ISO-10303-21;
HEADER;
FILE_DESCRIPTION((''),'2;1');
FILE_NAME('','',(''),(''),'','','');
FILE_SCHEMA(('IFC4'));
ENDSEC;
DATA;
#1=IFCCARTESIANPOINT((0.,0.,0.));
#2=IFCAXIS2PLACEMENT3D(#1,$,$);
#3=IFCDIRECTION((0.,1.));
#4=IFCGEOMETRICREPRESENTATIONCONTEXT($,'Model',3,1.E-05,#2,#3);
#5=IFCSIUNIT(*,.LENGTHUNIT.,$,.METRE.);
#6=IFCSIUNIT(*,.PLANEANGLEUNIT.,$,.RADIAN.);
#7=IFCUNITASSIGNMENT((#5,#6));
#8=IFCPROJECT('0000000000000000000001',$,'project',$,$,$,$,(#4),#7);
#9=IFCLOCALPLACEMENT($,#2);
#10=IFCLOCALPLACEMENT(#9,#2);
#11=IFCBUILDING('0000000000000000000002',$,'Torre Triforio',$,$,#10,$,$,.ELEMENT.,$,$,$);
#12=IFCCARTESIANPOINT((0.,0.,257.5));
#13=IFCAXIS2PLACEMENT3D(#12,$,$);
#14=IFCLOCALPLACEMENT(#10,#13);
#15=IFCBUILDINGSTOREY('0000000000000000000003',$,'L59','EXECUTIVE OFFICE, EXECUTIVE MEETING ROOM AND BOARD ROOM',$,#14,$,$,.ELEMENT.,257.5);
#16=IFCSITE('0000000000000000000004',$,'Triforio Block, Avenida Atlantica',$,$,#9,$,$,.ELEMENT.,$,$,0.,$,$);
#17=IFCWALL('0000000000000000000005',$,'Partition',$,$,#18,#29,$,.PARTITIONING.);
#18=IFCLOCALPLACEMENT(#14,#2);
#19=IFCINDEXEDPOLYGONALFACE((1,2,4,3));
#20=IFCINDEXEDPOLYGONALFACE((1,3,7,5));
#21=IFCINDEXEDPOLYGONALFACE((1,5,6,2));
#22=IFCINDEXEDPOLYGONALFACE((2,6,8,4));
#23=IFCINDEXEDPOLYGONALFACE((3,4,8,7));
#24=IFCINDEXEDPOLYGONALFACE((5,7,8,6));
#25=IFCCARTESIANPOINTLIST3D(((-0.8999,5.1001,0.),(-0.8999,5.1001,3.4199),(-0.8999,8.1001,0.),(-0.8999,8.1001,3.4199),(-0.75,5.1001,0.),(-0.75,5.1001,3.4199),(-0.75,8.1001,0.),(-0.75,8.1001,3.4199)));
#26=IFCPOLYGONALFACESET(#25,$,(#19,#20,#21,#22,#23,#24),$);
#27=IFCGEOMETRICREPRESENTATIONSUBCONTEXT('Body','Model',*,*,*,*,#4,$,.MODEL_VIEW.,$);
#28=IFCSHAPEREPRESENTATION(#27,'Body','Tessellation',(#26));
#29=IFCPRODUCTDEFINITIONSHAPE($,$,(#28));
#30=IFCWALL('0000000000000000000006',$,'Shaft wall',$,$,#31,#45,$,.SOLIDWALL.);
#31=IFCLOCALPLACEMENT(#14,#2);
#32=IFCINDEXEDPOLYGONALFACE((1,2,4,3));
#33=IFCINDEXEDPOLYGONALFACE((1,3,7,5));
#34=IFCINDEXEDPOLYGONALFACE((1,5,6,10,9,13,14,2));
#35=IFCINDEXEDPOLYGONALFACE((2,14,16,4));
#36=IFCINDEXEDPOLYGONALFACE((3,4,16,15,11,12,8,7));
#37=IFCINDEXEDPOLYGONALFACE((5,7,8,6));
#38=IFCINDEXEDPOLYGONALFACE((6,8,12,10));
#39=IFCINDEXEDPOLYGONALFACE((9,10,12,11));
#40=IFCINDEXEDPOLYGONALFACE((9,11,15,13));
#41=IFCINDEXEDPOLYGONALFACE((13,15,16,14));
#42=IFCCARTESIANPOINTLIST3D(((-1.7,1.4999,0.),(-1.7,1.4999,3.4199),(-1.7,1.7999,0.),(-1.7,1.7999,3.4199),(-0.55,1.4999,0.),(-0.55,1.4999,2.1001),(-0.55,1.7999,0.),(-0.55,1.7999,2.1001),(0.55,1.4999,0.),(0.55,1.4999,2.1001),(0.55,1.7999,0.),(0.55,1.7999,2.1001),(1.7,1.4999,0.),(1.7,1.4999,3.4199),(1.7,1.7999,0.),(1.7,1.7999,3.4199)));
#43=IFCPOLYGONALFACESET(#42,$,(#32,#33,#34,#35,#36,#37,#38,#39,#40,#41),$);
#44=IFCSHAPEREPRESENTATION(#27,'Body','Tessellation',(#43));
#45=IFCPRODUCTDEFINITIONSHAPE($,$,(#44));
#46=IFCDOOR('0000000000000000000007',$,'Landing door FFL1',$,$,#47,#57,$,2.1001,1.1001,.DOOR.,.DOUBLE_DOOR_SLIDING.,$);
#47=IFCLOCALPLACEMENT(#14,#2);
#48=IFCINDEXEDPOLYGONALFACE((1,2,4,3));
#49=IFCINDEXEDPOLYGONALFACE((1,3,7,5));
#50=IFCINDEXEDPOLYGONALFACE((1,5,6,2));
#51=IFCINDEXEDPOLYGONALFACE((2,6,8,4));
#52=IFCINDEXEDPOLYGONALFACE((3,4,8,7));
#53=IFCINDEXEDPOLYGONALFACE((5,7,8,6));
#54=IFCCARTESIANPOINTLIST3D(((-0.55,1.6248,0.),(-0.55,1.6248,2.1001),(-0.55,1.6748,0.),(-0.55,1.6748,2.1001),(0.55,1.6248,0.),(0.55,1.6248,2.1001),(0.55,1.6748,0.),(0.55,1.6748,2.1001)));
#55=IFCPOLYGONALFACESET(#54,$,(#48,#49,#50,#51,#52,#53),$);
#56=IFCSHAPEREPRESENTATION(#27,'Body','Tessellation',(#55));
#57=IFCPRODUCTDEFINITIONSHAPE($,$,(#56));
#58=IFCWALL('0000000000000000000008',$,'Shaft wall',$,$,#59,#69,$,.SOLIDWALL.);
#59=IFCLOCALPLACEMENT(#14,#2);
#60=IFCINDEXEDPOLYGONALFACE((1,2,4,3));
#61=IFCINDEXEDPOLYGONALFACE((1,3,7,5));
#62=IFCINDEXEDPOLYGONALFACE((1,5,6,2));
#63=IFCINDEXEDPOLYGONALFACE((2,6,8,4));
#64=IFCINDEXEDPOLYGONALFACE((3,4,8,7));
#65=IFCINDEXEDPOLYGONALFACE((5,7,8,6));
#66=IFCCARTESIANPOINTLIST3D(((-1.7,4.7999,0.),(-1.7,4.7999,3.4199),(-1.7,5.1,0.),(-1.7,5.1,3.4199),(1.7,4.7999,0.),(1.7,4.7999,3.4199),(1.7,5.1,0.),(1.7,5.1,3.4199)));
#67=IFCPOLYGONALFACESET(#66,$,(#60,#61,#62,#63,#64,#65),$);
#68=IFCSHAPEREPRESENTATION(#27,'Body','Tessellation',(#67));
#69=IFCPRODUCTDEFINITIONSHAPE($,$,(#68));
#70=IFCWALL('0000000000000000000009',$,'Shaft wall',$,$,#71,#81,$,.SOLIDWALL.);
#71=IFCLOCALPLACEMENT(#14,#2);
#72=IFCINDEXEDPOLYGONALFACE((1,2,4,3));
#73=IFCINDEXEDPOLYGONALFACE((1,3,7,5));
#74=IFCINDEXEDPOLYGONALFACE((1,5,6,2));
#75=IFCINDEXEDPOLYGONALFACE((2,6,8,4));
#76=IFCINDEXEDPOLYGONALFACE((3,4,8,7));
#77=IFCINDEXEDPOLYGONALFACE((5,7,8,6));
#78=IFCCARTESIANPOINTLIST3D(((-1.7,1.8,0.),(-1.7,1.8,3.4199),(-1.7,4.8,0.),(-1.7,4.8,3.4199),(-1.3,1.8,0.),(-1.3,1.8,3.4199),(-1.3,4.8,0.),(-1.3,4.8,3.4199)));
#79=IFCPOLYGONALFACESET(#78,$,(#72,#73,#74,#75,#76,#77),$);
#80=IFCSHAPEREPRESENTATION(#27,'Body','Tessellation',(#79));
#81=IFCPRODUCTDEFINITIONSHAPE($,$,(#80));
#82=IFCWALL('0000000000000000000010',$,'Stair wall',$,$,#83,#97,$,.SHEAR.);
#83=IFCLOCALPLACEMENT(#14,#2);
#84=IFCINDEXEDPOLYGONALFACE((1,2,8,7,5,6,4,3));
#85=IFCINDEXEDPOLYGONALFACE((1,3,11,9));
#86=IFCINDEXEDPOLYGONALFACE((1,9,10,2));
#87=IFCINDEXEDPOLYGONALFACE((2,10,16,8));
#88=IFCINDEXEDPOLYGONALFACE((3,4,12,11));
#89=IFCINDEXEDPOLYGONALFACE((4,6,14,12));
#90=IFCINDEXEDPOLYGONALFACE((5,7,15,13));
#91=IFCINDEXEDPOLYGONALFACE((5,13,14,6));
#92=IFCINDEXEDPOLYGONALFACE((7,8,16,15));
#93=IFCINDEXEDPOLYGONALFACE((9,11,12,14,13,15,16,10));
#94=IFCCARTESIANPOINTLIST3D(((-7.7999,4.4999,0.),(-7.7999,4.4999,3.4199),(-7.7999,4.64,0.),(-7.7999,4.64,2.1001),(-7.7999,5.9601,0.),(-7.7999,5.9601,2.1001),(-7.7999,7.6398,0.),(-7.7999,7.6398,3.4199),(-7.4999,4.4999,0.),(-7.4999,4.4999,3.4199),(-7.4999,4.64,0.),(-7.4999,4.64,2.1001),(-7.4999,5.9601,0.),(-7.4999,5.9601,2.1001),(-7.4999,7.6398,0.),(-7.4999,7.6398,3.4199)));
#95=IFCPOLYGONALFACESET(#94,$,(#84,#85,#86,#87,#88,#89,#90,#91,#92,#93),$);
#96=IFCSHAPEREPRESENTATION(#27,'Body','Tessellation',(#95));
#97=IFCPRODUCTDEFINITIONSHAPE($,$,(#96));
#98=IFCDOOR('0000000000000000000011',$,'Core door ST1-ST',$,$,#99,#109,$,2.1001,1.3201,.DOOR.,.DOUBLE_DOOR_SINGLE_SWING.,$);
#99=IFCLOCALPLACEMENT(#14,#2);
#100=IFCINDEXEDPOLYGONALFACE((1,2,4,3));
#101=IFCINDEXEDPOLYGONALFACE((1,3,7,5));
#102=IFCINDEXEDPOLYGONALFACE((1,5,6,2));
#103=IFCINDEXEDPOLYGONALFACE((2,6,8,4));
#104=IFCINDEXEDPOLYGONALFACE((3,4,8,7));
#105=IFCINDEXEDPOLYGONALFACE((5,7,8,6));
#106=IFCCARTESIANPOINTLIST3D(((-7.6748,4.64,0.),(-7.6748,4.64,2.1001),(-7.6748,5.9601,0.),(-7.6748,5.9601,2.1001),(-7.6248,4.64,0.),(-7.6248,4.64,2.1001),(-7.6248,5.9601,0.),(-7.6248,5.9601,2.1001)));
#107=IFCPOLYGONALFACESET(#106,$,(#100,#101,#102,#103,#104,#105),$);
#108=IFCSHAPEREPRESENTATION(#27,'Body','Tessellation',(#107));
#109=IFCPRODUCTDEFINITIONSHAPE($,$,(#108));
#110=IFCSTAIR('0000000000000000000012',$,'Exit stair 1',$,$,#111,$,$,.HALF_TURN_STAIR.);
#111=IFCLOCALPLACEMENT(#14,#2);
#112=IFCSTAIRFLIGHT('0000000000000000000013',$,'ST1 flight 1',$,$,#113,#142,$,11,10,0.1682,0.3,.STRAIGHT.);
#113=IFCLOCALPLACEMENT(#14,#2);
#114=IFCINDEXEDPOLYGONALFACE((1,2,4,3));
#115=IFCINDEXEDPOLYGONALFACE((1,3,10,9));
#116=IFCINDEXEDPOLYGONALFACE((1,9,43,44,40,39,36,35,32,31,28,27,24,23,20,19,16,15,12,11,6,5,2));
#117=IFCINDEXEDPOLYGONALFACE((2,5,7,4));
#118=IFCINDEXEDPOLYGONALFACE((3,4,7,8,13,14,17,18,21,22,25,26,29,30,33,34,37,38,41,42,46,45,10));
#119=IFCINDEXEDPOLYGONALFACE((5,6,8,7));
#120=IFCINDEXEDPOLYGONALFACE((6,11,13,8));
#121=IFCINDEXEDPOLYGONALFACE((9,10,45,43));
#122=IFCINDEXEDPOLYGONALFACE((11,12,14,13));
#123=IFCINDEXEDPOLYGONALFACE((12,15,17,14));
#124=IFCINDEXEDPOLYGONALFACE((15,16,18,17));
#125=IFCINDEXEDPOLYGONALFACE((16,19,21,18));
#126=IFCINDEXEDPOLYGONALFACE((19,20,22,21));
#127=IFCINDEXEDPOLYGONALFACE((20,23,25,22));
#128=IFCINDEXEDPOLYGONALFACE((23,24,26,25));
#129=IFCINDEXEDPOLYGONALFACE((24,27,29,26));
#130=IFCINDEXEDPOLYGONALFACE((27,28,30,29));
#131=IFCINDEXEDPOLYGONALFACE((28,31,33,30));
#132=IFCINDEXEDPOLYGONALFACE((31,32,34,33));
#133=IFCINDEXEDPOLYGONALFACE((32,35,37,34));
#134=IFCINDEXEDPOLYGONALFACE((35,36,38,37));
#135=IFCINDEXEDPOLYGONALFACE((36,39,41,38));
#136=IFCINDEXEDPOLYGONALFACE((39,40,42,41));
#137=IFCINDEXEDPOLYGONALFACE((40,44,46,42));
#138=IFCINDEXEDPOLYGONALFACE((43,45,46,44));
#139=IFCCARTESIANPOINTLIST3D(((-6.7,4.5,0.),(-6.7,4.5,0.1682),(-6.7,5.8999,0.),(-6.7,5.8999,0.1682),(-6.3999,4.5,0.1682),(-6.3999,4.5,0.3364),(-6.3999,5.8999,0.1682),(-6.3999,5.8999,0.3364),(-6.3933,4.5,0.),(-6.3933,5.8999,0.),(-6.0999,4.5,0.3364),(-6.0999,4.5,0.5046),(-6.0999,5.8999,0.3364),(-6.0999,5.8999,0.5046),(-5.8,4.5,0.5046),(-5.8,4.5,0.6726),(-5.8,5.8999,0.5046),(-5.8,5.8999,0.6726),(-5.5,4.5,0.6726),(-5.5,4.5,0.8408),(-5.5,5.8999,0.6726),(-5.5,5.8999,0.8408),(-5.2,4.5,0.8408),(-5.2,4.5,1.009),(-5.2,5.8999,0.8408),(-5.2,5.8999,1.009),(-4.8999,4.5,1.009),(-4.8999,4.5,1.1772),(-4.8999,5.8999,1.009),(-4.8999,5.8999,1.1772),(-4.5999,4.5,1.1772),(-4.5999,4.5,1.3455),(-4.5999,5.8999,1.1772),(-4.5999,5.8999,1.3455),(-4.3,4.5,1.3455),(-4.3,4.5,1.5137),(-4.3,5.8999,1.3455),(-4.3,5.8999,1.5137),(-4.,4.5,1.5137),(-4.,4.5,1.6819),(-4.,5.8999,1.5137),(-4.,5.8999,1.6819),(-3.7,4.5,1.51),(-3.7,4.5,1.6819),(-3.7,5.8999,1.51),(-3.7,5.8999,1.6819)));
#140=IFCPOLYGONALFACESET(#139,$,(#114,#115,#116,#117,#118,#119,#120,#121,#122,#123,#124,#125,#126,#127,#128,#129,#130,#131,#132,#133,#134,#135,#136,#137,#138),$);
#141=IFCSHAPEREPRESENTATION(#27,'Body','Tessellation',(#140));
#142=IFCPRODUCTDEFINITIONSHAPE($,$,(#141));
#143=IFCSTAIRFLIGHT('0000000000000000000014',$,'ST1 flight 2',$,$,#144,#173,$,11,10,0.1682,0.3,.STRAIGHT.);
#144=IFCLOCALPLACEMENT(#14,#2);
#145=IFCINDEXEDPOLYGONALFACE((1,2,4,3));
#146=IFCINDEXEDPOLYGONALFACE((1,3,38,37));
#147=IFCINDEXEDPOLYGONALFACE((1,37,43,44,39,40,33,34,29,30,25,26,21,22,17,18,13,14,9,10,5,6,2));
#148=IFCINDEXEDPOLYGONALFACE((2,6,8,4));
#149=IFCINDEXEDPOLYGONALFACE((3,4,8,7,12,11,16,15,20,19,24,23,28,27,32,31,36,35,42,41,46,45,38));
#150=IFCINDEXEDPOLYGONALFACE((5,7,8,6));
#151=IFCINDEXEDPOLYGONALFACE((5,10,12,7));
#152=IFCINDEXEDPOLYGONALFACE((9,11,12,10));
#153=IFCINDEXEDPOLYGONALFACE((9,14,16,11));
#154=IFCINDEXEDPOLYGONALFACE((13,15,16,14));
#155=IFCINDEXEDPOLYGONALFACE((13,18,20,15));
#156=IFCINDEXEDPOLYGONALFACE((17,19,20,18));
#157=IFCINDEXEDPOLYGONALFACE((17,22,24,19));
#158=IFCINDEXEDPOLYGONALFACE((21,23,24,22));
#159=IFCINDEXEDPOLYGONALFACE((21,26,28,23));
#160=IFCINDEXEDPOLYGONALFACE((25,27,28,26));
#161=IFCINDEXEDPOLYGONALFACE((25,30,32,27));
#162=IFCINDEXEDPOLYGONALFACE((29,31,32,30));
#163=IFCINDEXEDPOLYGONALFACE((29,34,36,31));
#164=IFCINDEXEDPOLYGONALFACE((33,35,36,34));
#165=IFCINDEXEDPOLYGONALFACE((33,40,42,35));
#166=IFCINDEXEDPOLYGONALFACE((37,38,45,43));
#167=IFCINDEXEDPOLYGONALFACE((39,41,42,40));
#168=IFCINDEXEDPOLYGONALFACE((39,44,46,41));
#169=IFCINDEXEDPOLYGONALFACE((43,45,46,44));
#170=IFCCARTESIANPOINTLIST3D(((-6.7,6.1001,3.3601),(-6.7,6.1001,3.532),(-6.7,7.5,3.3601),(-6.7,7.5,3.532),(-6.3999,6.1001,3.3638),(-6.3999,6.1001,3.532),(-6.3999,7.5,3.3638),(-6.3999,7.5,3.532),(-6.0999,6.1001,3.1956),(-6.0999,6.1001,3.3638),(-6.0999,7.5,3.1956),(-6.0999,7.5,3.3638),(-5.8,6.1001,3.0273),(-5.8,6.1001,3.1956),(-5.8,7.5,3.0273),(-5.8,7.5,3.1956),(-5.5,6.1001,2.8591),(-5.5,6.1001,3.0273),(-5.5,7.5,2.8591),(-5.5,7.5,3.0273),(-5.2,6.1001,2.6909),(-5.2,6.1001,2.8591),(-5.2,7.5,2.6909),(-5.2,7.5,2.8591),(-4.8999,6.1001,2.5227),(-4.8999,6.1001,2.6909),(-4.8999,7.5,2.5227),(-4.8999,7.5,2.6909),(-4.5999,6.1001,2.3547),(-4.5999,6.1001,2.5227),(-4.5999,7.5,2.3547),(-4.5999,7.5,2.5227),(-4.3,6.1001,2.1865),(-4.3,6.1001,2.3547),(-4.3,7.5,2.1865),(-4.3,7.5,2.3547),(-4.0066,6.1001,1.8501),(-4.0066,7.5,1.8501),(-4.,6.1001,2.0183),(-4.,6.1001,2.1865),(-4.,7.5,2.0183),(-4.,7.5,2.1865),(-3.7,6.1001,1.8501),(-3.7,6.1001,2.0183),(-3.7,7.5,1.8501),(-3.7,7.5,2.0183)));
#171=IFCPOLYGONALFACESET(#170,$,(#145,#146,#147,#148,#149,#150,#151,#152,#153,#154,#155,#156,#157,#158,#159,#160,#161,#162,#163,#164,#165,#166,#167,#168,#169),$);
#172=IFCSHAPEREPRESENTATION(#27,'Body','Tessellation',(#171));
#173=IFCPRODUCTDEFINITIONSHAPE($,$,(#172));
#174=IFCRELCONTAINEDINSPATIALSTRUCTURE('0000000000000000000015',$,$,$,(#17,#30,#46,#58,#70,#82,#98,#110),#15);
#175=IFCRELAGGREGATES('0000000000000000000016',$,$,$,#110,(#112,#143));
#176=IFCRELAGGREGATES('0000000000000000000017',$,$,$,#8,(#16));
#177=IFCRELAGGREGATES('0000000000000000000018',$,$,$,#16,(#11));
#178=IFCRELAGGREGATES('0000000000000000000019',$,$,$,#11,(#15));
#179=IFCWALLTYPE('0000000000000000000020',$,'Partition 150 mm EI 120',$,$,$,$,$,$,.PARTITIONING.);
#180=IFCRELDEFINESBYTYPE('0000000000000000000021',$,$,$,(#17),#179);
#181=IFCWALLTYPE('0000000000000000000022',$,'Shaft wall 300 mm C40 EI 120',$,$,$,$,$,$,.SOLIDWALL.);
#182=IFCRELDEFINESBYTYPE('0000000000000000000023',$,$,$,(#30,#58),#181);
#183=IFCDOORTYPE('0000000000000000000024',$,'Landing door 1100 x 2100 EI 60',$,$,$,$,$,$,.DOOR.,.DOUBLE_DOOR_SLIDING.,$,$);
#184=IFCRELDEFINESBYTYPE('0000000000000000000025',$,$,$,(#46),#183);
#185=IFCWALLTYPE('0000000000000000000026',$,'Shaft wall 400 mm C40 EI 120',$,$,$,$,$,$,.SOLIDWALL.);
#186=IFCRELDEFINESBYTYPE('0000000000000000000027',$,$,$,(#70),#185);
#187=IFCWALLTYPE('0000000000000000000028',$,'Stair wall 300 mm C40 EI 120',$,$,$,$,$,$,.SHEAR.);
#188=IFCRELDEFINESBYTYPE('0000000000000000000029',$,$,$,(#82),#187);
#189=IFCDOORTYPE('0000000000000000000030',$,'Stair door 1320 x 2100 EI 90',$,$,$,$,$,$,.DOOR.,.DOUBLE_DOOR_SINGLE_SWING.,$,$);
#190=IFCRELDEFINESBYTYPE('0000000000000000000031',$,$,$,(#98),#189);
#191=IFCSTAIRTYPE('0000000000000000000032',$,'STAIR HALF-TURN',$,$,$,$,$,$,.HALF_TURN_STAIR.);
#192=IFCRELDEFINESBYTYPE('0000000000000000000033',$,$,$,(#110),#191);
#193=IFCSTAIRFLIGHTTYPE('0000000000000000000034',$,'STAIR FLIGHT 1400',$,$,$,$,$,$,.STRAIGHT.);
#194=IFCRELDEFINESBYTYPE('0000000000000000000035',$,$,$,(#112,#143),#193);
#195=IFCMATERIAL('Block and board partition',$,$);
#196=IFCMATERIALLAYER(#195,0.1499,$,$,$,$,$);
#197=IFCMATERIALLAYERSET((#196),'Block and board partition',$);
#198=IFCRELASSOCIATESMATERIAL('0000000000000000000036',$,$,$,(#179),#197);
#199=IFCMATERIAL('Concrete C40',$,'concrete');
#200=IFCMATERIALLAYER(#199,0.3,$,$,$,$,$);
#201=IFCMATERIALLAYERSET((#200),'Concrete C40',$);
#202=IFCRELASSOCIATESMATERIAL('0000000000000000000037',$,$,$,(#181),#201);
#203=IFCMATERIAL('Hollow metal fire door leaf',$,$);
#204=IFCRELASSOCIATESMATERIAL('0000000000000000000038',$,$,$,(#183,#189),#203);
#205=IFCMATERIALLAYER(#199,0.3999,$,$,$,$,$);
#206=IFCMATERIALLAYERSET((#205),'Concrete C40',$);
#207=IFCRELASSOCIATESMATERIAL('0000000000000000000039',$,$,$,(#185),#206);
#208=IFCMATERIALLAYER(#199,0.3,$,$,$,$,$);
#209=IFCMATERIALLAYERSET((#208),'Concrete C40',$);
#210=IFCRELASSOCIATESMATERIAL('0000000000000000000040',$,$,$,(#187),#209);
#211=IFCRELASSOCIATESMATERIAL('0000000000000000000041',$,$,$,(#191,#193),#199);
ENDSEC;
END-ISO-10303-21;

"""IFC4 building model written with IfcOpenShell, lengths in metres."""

from ifc_helpers import new_model, si_unit, direction, frame, frame_2d, origin, place, context, subcontext, project, spatial, polyline, rectangle, outline, extrude, material, layer, layer_set, type_object, element, fill, aggregate, save


model = new_model("IFC4")

# Units and contexts
model_context = context("Model", 3, precision=1e-05, world=origin(), true_north=direction((0.0, 1.0)))
body_context = subcontext(model_context, "Body", "Model", "MODEL_VIEW")
ifc_project = project(units=[si_unit("LENGTHUNIT", "METRE"), si_unit("PLANEANGLEUNIT", "RADIAN")], contexts=[model_context])

# Site, building, storey
site_placement = place(None, origin())
site = spatial("IfcSite", under=ifc_project, at=site_placement, Name="Triforio Block, Avenida Atlantica", CompositionType="ELEMENT", RefElevation=0.0)
building_placement = place(site_placement, origin())
building = spatial("IfcBuilding", under=site, at=building_placement, Name="Torre Triforio", CompositionType="ELEMENT")
storey_placement = place(building_placement, frame((0.0, 0.0, 257.5)))
storey = spatial("IfcBuildingStorey", under=building, at=storey_placement, Name="L59", Description="EXECUTIVE OFFICE, EXECUTIVE MEETING ROOM AND BOARD ROOM", CompositionType="ELEMENT", Elevation=257.5)

# Shared definitions
ifc_material_1 = material(Name="Concrete C40", Category="concrete")

# Wall
ifc_material_2 = material(Name="Block and board partition")
ifc_layer_1 = layer(ifc_material_2, 0.1499)
ifc_layer_set_1 = layer_set([ifc_layer_1], Name="Block and board partition")
wall_type_1 = type_object("IfcWallType", Name="Partition 150 mm EI 120", PredefinedType="PARTITIONING", material=ifc_layer_set_1)
wall_1_placement = place(storey_placement, frame((-0.825, 5.1001, 0.0), z_axis=(0.0, 0.0, 1.0), x_axis=(0.0, 1.0, 0.0)))
element("IfcWall", 1, at=wall_1_placement, inside=storey, type_object=wall_type_1, Name="Partition", PredefinedType="PARTITIONING", context=body_context, shape_type="SweptSolid", body=[
    extrude(rectangle(XDim=3.0, YDim=0.1499, at=frame_2d((1.5, 0.0))), origin(), (0.0, 0.0, 1.0), 3.4199),
])

# Wall, opening, door
ifc_layer_2 = layer(ifc_material_1, 0.3)
ifc_layer_set_2 = layer_set([ifc_layer_2], Name="Concrete C40")
wall_type_2 = type_object("IfcWallType", Name="Shaft wall 300 mm C40 EI 120", PredefinedType="SOLIDWALL", material=ifc_layer_set_2)
wall_2_placement = place(storey_placement, frame((-1.7, 1.6499, 0.0), z_axis=(0.0, 0.0, 1.0), x_axis=(1.0, 0.0, 0.0)))
wall_2 = element("IfcWall", 2, at=wall_2_placement, inside=storey, type_object=wall_type_2, Name="Shaft wall", PredefinedType="SOLIDWALL", context=body_context, shape_type="SweptSolid", body=[
    extrude(rectangle(XDim=3.3999, YDim=0.3, at=frame_2d((1.7, 0.0))), origin(), (0.0, 0.0, 1.0), 3.4199),
])
opening_1_placement = place(wall_2_placement, frame((1.1499, 0.0, 0.0)))
opening_1 = element("IfcOpeningElement", 3, at=opening_1_placement, cuts=wall_2, PredefinedType="OPENING", context=body_context, shape_type="SweptSolid", body=[
    extrude(rectangle(XDim=1.1001, YDim=2.1001, at=frame_2d((0.55, 1.05))), frame((0.0, 0.1599, 0.0), z_axis=(0.0, -1.0, 0.0), x_axis=(1.0, 0.0, 0.0)), (0.0, 0.0, 1.0), 0.3201),
])
ifc_material_3 = material(Name="Hollow metal fire door leaf")
door_type_1 = type_object("IfcDoorType", Name="Landing door 1100 x 2100 EI 60", OperationType="DOUBLE_DOOR_SLIDING", PredefinedType="DOOR", material=ifc_material_3)
door_1_placement = place(opening_1_placement, origin())
door_1 = element("IfcDoor", 4, at=door_1_placement, inside=storey, type_object=door_type_1, Name="Landing door FFL1", OperationType="DOUBLE_DOOR_SLIDING", OverallHeight=2.1001, OverallWidth=1.1001, PredefinedType="DOOR", context=body_context, shape_type="SweptSolid", body=[
    extrude(rectangle(XDim=1.1001, YDim=2.1001, at=frame_2d((0.55, 1.05))), frame((0.0, 0.0249, 0.0), z_axis=(0.0, -1.0, 0.0), x_axis=(1.0, 0.0, 0.0)), (0.0, 0.0, 1.0), 0.05),
])
fill(opening_1, door_1)

# Walls
wall_3_placement = place(storey_placement, frame((-1.7, 4.95, 0.0), z_axis=(0.0, 0.0, 1.0), x_axis=(1.0, 0.0, 0.0)))
element("IfcWall", 5, at=wall_3_placement, inside=storey, type_object=wall_type_2, Name="Shaft wall", PredefinedType="SOLIDWALL", context=body_context, shape_type="SweptSolid", body=[
    extrude(rectangle(XDim=3.3999, YDim=0.3, at=frame_2d((1.7, 0.0))), origin(), (0.0, 0.0, 1.0), 3.4199),
])
ifc_layer_3 = layer(ifc_material_1, 0.3999)
ifc_layer_set_3 = layer_set([ifc_layer_3], Name="Concrete C40")
wall_type_3 = type_object("IfcWallType", Name="Shaft wall 400 mm C40 EI 120", PredefinedType="SOLIDWALL", material=ifc_layer_set_3)
wall_4_placement = place(storey_placement, frame((-1.5, 1.8, 0.0), z_axis=(0.0, 0.0, 1.0), x_axis=(0.0, 1.0, 0.0)))
element("IfcWall", 6, at=wall_4_placement, inside=storey, type_object=wall_type_3, Name="Shaft wall", PredefinedType="SOLIDWALL", context=body_context, shape_type="SweptSolid", body=[
    extrude(rectangle(XDim=3.0, YDim=0.3999, at=frame_2d((1.5, 0.0))), origin(), (0.0, 0.0, 1.0), 3.4199),
])

# Wall, opening, door
ifc_layer_4 = layer(ifc_material_1, 0.3)
ifc_layer_set_4 = layer_set([ifc_layer_4], Name="Concrete C40")
wall_type_4 = type_object("IfcWallType", Name="Stair wall 300 mm C40 EI 120", PredefinedType="SHEAR", material=ifc_layer_set_4)
wall_5_placement = place(storey_placement, frame((-7.6499, 4.5, 0.0), z_axis=(0.0, 0.0, 1.0), x_axis=(0.0, 1.0, 0.0)))
wall_5 = element("IfcWall", 7, at=wall_5_placement, inside=storey, type_object=wall_type_4, Name="Stair wall", PredefinedType="SHEAR", context=body_context, shape_type="SweptSolid", body=[
    extrude(rectangle(XDim=3.1399, YDim=0.3, at=frame_2d((1.5698, 0.0))), origin(), (0.0, 0.0, 1.0), 3.4199),
])
opening_2_placement = place(wall_5_placement, frame((0.1399, 0.0, 0.0)))
opening_2 = element("IfcOpeningElement", 8, at=opening_2_placement, cuts=wall_5, PredefinedType="OPENING", context=body_context, shape_type="SweptSolid", body=[
    extrude(rectangle(XDim=1.3201, YDim=2.1001, at=frame_2d((0.6602, 1.05))), frame((0.0, 0.1599, 0.0), z_axis=(0.0, -1.0, 0.0), x_axis=(1.0, 0.0, 0.0)), (0.0, 0.0, 1.0), 0.3201),
])
door_type_2 = type_object("IfcDoorType", Name="Stair door 1320 x 2100 EI 90", OperationType="DOUBLE_DOOR_SINGLE_SWING", PredefinedType="DOOR", material=ifc_material_3)
door_2_placement = place(opening_2_placement, origin())
door_2 = element("IfcDoor", 9, at=door_2_placement, inside=storey, type_object=door_type_2, Name="Core door ST1-ST", OperationType="DOUBLE_DOOR_SINGLE_SWING", OverallHeight=2.1001, OverallWidth=1.3201, PredefinedType="DOOR", context=body_context, shape_type="SweptSolid", body=[
    extrude(rectangle(XDim=1.3201, YDim=2.1001, at=frame_2d((0.6602, 1.05))), frame((0.0, 0.0249, 0.0), z_axis=(0.0, -1.0, 0.0), x_axis=(1.0, 0.0, 0.0)), (0.0, 0.0, 1.0), 0.05),
])
fill(opening_2, door_2)

# Stair, stair flights
stair_type = type_object("IfcStairType", Name="STAIR HALF-TURN", PredefinedType="HALF_TURN_STAIR", material=ifc_material_1)
stair_placement = place(storey_placement, origin())
stair = element("IfcStair", 10, at=stair_placement, inside=storey, type_object=stair_type, Name="Exit stair 1", PredefinedType="HALF_TURN_STAIR")
stair_flight_type = type_object("IfcStairFlightType", Name="STAIR FLIGHT 1400", PredefinedType="STRAIGHT", material=ifc_material_1)
stair_flight_1_placement = place(storey_placement, frame((-6.7, 5.2, 0.0), z_axis=(0.0, 0.0, 1.0), x_axis=(1.0, 0.0, 0.0)))
stair_flight_1 = element("IfcStairFlight", 11, at=stair_flight_1_placement, type_object=stair_flight_type, Name="ST1 flight 1", NumberOfRisers=11, NumberOfTreads=10, PredefinedType="STRAIGHT", RiserHeight=0.1682, TreadLength=0.3, context=body_context, shape_type="SweptSolid", body=[
    extrude(outline(polyline([(0.0, 0.0), (0.0, 0.1682), (0.3, 0.1682), (0.3, 0.3364), (0.6001, 0.3364), (0.6001, 0.5046), (0.8999, 0.5046), (0.8999, 0.6726), (1.2, 0.6726), (1.2, 0.8408), (1.5, 0.8408), (1.5, 1.009), (1.8, 1.009), (1.8, 1.1772), (2.1001, 1.1772), (2.1001, 1.3455), (2.3999, 1.3455), (2.3999, 1.5137), (2.7, 1.5137), (2.7, 1.6819), (3.0, 1.6819), (3.0, 1.8501), (3.0, 1.51), (0.3066, 0.0), (0.0, 0.0)])), frame((0.0, 0.7, 0.0), z_axis=(0.0, -1.0, 0.0), x_axis=(1.0, 0.0, 0.0)), (0.0, 0.0, 1.0), 1.3999),
])
stair_flight_2_placement = place(storey_placement, frame((-3.7, 6.8, 1.8501), z_axis=(0.0, 0.0, 1.0), x_axis=(-1.0, 0.0, 0.0)))
stair_flight_2 = element("IfcStairFlight", 12, at=stair_flight_2_placement, type_object=stair_flight_type, Name="ST1 flight 2", NumberOfRisers=11, NumberOfTreads=10, PredefinedType="STRAIGHT", RiserHeight=0.1682, TreadLength=0.3, context=body_context, shape_type="SweptSolid", body=[
    extrude(outline(polyline([(0.0, 0.0), (0.0, 0.1682), (0.3, 0.1682), (0.3, 0.3364), (0.6001, 0.3364), (0.6001, 0.5046), (0.8999, 0.5046), (0.8999, 0.6726), (1.2, 0.6726), (1.2, 0.8408), (1.5, 0.8408), (1.5, 1.009), (1.8, 1.009), (1.8, 1.1772), (2.1001, 1.1772), (2.1001, 1.3455), (2.3999, 1.3455), (2.3999, 1.5137), (2.7, 1.5137), (2.7, 1.6819), (3.0, 1.6819), (3.0, 1.8501), (3.0, 1.51), (0.3066, 0.0), (0.0, 0.0)])), frame((0.0, 0.7, 0.0), z_axis=(0.0, -1.0, 0.0), x_axis=(1.0, 0.0, 0.0)), (0.0, 0.0, 1.0), 1.3999),
])
aggregate(stair, [stair_flight_1, stair_flight_2])

save(model, "model.ifc")
